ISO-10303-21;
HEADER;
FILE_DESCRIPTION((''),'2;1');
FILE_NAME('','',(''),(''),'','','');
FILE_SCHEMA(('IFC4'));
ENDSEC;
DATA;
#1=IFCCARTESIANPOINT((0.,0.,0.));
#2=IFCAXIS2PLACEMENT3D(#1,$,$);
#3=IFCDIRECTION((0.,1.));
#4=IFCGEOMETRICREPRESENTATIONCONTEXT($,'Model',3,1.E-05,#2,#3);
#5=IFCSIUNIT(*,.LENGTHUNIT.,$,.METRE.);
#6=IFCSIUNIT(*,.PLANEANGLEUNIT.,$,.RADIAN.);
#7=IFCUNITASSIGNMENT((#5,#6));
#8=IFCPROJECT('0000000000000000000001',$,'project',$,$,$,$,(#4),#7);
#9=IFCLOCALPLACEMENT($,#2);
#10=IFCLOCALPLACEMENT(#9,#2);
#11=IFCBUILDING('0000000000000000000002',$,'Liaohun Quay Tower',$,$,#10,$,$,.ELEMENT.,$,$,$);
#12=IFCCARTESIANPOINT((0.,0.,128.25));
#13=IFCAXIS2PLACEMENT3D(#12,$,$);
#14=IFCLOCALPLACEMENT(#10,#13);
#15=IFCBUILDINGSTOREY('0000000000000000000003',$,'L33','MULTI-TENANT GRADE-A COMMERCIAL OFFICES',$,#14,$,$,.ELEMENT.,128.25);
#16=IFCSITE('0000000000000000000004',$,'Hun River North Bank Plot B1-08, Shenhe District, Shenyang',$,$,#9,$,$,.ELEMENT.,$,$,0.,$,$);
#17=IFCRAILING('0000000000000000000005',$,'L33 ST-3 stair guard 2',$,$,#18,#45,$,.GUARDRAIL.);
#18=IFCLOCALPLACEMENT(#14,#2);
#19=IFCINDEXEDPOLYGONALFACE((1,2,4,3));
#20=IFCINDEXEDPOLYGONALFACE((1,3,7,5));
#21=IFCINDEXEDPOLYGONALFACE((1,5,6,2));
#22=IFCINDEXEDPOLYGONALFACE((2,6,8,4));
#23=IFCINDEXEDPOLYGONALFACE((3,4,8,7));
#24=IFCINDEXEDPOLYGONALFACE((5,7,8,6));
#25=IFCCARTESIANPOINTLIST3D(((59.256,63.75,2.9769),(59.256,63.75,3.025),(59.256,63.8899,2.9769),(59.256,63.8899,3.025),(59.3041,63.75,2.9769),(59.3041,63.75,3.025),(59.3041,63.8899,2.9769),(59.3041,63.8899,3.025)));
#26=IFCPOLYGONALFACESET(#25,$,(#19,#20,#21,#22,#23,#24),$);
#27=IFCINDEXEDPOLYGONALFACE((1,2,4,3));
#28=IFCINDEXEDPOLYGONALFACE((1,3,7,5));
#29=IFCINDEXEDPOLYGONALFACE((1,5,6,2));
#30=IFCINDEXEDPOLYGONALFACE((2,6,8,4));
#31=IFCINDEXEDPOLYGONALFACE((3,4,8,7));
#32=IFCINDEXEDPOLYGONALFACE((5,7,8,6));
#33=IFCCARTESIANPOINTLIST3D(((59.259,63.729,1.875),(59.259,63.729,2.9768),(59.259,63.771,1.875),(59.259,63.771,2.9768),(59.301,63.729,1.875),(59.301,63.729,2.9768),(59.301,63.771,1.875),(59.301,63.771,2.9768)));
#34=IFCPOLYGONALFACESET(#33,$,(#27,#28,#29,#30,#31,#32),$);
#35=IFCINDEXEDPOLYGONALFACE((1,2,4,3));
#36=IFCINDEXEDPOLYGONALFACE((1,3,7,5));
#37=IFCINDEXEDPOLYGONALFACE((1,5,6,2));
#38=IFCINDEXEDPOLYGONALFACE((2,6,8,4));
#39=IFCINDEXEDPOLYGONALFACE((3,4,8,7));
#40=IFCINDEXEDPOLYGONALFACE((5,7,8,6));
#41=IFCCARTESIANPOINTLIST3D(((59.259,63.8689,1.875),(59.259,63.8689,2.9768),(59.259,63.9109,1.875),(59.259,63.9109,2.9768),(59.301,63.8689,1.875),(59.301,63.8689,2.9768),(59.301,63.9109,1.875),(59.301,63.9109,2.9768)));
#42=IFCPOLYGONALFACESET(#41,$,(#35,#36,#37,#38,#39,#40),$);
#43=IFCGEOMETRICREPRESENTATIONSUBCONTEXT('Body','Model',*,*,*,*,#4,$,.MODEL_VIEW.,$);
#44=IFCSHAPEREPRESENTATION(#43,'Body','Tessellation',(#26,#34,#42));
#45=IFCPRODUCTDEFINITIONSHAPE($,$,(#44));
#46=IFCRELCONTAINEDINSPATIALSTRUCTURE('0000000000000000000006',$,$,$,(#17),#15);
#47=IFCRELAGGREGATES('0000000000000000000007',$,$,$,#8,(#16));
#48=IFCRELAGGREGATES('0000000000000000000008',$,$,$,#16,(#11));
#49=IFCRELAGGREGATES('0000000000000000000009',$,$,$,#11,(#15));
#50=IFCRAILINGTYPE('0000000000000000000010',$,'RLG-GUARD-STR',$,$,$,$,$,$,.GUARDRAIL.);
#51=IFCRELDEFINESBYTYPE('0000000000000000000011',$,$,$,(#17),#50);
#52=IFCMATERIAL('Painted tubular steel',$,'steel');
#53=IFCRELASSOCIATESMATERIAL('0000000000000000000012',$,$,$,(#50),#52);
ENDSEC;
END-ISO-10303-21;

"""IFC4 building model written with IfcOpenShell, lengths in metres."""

from ifc_helpers import new_model, si_unit, direction, frame, origin, origin_2d, place, context, subcontext, project, spatial, rectangle, extrude, material, type_object, element, save


model = new_model("IFC4")

# Units and contexts
model_context = context("Model", 3, precision=1e-05, world=origin(), true_north=direction((0.0, 1.0)))
body_context = subcontext(model_context, "Body", "Model", "MODEL_VIEW")
ifc_project = project(units=[si_unit("LENGTHUNIT", "METRE"), si_unit("PLANEANGLEUNIT", "RADIAN")], contexts=[model_context])

# Site, building, storey
site_placement = place(None, origin())
site = spatial("IfcSite", under=ifc_project, at=site_placement, Name="Hun River North Bank Plot B1-08, Shenhe District, Shenyang", CompositionType="ELEMENT", RefElevation=0.0)
building_placement = place(site_placement, origin())
building = spatial("IfcBuilding", under=site, at=building_placement, Name="Liaohun Quay Tower", CompositionType="ELEMENT")
storey_placement = place(building_placement, frame((0.0, 0.0, 128.25)))
storey = spatial("IfcBuildingStorey", under=building, at=storey_placement, Name="L33", Description="MULTI-TENANT GRADE-A COMMERCIAL OFFICES", CompositionType="ELEMENT", Elevation=128.25)

# Railing
ifc_material_1 = material(Name="Painted tubular steel", Category="steel")
railing_type = type_object("IfcRailingType", Name="RLG-GUARD-STR", PredefinedType="GUARDRAIL", material=ifc_material_1)
railing_placement = place(storey_placement, frame((59.28, 63.75, 1.875)))
element("IfcRailing", 1, at=railing_placement, inside=storey, type_object=railing_type, Name="L33 ST-3 stair guard 2", PredefinedType="GUARDRAIL", context=body_context, shape_type="SweptSolid", body=[
    extrude(rectangle(XDim=0.0481, YDim=0.0481, at=origin_2d()), frame((0.0, 0.0, 1.126), z_axis=(0.0, 1.0, 0.0), x_axis=(-1.0, 0.0, 0.0)), (0.0, 0.0, 1.0), 0.1399),
    extrude(rectangle(XDim=0.042, YDim=0.042, at=origin_2d()), origin(), (0.0, 0.0, 1.0), 1.1018),
    extrude(rectangle(XDim=0.042, YDim=0.042, at=origin_2d()), frame((0.0, 0.1399, 0.0)), (0.0, 0.0, 1.0), 1.1018),
])

save(model, "model.ifc")
